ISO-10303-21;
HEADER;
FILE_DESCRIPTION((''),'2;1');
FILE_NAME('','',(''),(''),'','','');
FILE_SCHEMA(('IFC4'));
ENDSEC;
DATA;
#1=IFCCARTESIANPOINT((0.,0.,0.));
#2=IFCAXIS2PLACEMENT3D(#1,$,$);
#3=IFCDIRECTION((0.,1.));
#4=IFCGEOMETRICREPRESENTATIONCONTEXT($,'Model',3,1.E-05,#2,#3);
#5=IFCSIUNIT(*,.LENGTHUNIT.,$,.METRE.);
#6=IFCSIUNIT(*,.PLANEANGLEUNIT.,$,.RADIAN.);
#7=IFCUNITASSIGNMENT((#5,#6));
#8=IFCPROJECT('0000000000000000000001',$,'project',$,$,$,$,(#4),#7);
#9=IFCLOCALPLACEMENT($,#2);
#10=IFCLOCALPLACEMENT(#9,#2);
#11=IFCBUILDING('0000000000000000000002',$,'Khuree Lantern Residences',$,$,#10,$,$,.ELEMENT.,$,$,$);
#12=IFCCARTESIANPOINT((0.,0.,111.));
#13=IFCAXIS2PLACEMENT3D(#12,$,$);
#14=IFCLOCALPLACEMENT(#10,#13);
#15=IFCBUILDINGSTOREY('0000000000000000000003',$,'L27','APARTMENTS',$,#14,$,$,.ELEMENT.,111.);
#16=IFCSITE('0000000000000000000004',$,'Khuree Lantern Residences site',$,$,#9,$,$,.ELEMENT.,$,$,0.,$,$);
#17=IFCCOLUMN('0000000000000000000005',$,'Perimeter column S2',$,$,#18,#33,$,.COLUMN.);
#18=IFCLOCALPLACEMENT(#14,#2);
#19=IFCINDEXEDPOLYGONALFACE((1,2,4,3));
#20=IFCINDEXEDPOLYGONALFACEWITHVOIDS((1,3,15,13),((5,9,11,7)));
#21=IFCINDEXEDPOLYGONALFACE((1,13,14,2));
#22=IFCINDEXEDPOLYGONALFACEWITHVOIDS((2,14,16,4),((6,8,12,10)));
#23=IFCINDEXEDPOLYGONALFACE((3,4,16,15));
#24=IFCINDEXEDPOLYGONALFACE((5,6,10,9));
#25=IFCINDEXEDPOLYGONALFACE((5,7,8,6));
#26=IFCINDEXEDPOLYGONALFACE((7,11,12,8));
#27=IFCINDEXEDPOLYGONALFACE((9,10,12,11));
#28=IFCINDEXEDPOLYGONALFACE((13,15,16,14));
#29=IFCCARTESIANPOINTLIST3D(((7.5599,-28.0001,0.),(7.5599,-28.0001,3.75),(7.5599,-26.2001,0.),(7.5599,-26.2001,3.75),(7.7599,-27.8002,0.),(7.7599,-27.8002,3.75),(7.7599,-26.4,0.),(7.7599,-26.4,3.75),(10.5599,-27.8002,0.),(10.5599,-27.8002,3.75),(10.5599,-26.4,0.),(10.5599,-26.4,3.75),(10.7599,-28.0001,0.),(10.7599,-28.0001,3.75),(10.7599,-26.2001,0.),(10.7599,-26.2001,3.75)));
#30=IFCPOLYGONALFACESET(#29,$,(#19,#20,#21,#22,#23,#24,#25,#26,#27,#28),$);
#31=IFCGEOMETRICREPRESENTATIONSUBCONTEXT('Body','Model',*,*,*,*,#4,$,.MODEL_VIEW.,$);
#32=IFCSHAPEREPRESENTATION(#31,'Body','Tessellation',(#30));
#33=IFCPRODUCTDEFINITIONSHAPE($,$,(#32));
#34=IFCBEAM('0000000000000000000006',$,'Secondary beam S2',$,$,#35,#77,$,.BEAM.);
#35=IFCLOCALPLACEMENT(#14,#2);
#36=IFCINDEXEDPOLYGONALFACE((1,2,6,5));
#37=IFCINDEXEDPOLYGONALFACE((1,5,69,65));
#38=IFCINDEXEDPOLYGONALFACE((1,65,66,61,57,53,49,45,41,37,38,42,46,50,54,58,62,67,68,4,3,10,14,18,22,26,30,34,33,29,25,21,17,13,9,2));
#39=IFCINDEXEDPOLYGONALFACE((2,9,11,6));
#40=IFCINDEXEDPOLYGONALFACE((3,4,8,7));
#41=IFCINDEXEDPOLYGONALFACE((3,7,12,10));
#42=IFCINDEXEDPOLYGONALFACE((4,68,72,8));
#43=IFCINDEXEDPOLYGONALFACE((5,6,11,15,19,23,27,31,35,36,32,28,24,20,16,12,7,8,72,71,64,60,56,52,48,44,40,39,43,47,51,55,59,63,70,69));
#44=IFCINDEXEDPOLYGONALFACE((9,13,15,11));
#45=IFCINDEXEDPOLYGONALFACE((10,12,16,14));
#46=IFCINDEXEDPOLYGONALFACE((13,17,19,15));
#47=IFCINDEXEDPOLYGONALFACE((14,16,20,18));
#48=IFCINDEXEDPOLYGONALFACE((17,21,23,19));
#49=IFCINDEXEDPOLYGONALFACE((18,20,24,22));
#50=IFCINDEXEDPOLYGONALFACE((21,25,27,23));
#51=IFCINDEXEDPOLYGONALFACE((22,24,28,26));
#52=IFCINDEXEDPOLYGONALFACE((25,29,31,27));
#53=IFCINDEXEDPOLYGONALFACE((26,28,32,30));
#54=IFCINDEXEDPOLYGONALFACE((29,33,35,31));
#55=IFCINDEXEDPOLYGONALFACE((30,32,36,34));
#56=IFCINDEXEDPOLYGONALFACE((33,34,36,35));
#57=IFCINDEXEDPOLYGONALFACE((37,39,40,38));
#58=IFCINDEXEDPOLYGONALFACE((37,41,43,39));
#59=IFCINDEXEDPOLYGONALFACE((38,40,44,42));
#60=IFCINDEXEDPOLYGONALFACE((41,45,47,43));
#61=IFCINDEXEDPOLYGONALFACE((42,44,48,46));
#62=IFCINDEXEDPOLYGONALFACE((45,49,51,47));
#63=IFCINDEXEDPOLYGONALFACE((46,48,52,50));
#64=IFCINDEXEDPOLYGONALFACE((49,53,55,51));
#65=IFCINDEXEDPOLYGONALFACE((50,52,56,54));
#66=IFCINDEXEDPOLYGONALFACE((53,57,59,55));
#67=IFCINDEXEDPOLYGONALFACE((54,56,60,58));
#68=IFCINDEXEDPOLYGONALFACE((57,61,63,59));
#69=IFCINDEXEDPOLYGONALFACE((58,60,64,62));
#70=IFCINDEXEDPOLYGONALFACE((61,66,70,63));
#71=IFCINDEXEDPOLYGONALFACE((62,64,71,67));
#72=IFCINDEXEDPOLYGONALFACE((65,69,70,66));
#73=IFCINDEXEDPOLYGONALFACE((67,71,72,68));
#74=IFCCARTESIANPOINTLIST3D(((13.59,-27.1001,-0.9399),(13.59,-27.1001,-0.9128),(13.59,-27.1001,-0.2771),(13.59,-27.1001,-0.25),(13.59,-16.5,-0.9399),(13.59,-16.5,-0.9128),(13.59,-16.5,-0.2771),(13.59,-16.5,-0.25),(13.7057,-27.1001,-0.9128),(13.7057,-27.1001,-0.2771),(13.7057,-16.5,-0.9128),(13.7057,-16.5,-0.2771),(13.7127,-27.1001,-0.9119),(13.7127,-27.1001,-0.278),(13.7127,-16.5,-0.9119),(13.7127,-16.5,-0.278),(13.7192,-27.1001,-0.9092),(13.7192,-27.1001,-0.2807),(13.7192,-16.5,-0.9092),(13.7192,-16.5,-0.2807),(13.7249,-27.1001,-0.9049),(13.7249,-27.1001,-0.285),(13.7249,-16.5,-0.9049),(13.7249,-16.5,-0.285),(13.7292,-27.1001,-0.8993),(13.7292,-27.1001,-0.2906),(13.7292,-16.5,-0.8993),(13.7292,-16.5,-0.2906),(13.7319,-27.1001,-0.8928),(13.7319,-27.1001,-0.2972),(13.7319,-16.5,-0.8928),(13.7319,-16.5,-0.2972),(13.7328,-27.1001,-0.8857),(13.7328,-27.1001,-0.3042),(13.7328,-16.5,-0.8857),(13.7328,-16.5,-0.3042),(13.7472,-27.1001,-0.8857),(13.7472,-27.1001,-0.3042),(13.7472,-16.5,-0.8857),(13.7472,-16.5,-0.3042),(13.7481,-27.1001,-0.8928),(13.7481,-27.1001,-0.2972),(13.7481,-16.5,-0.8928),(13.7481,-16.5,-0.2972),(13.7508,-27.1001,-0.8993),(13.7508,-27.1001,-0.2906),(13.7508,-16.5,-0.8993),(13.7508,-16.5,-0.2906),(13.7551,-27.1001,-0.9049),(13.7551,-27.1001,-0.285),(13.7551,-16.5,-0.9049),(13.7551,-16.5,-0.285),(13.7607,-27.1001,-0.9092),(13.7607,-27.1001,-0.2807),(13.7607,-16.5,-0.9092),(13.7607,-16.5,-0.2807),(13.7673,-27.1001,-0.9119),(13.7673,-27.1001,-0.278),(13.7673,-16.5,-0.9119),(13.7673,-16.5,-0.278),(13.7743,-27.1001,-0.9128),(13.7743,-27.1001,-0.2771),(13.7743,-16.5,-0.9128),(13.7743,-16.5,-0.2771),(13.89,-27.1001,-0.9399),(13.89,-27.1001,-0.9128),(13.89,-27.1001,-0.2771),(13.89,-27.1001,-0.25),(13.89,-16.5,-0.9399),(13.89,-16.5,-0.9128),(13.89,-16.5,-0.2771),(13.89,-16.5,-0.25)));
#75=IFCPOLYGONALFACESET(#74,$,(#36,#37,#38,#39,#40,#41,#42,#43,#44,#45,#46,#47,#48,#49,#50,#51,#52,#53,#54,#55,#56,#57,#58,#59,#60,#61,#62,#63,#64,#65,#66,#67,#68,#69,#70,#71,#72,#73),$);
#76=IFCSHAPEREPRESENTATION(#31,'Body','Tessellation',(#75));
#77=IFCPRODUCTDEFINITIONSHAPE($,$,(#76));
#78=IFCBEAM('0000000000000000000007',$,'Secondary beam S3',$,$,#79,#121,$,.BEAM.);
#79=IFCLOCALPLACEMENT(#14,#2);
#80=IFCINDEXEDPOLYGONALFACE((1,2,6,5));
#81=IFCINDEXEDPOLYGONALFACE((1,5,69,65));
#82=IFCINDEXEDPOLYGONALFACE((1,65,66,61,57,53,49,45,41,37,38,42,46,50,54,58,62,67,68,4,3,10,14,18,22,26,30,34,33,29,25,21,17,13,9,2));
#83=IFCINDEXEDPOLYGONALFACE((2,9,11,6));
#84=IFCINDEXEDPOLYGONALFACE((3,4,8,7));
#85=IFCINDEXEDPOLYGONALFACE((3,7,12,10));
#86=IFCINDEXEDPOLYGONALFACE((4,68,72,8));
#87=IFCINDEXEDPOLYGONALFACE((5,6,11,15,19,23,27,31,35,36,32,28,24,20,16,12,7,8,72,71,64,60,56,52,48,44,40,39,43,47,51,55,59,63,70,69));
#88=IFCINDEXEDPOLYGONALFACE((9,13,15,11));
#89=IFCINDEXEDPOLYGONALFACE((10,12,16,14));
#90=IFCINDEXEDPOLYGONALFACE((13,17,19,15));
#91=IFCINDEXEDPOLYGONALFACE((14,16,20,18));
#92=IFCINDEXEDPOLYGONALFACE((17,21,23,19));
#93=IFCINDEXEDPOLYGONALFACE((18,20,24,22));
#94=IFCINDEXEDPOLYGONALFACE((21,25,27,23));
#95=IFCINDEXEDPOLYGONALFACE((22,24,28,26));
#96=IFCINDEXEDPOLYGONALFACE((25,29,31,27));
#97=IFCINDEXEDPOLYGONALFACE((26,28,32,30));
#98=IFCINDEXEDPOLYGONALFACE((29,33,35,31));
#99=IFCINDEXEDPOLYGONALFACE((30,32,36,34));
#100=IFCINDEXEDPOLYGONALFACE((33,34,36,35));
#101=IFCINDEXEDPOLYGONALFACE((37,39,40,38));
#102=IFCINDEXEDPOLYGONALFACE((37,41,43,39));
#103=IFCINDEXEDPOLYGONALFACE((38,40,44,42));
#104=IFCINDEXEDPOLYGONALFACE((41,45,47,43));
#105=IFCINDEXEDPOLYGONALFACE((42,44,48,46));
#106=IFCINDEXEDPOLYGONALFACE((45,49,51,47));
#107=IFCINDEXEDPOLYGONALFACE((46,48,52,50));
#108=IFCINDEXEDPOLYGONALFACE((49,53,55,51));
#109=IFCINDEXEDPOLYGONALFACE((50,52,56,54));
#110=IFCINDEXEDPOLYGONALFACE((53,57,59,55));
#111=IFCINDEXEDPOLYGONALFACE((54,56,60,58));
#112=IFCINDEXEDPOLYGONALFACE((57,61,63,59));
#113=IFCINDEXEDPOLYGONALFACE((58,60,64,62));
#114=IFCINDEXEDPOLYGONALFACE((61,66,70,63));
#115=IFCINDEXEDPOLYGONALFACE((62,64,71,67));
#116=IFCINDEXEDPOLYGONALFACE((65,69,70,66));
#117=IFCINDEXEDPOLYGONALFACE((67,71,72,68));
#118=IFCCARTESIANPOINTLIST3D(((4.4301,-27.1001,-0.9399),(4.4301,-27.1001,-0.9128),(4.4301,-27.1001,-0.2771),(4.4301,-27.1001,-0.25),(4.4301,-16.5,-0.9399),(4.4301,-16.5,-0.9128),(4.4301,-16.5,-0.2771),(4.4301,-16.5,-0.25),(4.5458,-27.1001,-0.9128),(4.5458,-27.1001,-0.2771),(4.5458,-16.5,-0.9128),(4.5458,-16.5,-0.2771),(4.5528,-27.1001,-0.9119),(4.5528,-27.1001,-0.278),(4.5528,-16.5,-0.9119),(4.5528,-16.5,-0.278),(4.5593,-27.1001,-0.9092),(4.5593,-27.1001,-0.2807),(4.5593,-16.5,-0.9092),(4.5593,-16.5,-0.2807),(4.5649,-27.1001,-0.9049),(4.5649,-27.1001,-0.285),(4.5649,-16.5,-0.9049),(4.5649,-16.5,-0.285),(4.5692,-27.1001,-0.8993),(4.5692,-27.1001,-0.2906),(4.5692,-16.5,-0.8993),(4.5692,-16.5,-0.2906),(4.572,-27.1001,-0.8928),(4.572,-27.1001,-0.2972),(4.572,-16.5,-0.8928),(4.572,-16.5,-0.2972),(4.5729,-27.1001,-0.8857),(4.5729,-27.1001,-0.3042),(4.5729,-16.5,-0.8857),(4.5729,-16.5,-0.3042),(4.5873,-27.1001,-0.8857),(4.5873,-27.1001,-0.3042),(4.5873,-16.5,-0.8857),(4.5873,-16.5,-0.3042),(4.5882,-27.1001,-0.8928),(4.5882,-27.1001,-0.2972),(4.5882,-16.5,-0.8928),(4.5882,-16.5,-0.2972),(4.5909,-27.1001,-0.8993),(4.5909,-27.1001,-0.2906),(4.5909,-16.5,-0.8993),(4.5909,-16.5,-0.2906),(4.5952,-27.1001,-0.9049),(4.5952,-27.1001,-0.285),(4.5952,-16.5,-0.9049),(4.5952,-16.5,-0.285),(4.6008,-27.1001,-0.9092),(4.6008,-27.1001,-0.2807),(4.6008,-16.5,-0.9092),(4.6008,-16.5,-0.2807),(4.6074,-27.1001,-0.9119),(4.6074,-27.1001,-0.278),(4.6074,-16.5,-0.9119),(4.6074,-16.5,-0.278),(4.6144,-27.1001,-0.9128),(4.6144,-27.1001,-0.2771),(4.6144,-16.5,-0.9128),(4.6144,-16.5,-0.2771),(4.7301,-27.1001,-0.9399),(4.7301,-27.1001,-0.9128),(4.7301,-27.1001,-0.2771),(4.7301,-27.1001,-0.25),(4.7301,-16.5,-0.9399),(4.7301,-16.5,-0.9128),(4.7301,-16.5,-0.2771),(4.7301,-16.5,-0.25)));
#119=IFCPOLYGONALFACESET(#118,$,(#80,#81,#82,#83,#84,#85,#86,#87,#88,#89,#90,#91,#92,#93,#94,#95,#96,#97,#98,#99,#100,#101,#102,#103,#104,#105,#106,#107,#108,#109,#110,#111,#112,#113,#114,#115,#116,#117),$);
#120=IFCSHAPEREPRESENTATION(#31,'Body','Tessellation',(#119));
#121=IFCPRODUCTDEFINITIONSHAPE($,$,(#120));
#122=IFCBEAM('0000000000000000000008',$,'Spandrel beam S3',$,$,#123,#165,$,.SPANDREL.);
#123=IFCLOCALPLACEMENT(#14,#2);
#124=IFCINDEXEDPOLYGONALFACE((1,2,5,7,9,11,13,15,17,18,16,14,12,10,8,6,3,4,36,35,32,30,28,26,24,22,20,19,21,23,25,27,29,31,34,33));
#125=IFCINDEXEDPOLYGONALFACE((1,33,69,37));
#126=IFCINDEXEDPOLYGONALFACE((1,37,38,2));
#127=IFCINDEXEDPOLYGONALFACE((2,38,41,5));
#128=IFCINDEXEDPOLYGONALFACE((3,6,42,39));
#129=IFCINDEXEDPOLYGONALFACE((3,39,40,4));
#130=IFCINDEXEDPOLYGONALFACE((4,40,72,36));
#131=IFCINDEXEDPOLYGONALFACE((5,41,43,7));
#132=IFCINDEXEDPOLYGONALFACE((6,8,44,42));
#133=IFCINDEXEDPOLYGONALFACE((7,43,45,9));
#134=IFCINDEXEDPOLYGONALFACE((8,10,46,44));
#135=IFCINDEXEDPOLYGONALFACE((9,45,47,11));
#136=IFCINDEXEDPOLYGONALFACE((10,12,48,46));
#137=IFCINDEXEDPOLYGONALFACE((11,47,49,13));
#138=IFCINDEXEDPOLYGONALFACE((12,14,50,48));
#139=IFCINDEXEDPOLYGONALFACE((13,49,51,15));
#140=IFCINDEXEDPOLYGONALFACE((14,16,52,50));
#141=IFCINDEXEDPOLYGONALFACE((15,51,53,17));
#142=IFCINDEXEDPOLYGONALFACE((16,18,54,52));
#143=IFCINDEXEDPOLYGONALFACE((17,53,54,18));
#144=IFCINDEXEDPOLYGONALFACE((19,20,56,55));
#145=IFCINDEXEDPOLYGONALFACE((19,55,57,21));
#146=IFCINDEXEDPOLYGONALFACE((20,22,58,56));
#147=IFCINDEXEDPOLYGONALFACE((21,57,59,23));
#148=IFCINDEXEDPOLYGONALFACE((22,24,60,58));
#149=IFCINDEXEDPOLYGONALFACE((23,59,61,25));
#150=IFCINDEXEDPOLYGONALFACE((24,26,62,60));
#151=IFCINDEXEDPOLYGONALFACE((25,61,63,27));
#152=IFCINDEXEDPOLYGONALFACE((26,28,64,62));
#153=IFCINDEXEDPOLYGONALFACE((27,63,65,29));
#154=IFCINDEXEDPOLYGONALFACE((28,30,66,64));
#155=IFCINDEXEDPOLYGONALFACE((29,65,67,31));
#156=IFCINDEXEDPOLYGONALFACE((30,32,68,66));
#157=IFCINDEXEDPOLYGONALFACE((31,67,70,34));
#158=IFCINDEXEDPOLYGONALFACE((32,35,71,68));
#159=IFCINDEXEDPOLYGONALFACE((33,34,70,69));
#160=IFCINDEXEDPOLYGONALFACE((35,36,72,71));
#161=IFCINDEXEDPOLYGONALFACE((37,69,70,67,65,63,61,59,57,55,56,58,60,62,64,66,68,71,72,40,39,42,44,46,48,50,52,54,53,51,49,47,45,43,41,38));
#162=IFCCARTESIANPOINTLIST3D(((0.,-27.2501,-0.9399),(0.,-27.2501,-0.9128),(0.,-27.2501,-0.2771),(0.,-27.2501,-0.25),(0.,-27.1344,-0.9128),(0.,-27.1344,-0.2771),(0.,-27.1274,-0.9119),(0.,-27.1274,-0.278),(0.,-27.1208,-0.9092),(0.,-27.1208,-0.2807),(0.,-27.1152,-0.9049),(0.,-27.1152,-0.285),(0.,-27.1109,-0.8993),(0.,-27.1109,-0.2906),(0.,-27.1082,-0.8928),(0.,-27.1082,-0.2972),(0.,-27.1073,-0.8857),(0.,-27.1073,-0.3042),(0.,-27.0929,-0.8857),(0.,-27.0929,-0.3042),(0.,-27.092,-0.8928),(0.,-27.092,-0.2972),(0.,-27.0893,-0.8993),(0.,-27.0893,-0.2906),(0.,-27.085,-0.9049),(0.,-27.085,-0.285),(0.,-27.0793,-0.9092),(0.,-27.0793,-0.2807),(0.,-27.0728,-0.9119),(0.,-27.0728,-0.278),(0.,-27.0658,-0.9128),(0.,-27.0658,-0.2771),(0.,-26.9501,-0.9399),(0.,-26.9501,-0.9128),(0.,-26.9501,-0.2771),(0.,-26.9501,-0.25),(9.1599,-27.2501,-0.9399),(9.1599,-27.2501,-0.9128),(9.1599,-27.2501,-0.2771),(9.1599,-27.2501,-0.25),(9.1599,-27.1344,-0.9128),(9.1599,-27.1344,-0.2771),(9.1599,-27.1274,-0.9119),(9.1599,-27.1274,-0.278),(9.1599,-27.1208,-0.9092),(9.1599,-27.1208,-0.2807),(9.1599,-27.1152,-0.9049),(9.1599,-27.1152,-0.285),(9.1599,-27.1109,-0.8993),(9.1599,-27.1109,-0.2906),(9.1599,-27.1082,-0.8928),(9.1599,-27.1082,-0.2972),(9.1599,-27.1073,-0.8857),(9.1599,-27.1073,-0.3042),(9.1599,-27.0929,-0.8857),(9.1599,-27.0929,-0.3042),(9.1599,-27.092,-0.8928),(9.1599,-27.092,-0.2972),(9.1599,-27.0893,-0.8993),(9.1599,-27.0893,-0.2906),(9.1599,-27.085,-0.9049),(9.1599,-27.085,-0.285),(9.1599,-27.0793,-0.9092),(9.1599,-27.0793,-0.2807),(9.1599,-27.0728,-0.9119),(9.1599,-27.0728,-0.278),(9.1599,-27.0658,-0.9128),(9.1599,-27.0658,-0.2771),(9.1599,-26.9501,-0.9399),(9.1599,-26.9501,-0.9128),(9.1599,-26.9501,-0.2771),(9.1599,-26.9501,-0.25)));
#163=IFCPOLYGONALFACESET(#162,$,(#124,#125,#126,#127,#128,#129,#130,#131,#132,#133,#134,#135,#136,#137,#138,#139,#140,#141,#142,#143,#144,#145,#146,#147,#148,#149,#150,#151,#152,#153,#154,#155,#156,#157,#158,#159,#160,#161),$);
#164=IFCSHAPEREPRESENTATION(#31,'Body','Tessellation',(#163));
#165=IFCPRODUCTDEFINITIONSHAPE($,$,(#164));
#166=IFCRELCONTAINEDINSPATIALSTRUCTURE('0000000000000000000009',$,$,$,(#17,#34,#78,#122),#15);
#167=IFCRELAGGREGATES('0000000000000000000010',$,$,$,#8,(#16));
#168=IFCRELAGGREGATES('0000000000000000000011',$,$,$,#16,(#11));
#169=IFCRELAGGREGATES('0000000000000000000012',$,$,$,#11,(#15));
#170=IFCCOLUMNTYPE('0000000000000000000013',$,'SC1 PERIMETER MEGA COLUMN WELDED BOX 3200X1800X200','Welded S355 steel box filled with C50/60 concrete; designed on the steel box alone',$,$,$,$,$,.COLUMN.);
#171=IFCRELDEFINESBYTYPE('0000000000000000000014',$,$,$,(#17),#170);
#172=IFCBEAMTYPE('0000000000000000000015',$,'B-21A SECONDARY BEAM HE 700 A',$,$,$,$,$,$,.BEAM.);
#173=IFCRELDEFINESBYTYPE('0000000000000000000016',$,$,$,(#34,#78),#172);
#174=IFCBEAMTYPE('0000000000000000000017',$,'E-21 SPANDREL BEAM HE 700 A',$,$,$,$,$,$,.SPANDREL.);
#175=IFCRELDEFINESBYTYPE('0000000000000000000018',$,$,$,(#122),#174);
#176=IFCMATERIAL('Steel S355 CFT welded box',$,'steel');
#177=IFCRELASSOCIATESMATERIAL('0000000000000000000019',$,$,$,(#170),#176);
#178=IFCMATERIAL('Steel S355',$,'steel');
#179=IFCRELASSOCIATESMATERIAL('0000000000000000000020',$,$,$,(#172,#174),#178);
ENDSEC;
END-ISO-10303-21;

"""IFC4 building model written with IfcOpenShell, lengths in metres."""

from ifc_helpers import new_model, si_unit, direction, frame, origin, origin_2d, place, context, subcontext, project, spatial, hollow_rectangle, i_section, extrude, material, material_profile, profile_set, type_object, element, save


model = new_model("IFC4")

# Units and contexts
model_context = context("Model", 3, precision=1e-05, world=origin(), true_north=direction((0.0, 1.0)))
body_context = subcontext(model_context, "Body", "Model", "MODEL_VIEW")
ifc_project = project(units=[si_unit("LENGTHUNIT", "METRE"), si_unit("PLANEANGLEUNIT", "RADIAN")], contexts=[model_context])

# Site, building, storey
site_placement = place(None, origin())
site = spatial("IfcSite", under=ifc_project, at=site_placement, Name="Khuree Lantern Residences site", CompositionType="ELEMENT", RefElevation=0.0)
building_placement = place(site_placement, origin())
building = spatial("IfcBuilding", under=site, at=building_placement, Name="Khuree Lantern Residences", CompositionType="ELEMENT")
storey_placement = place(building_placement, frame((0.0, 0.0, 111.0)))
storey = spatial("IfcBuildingStorey", under=building, at=storey_placement, Name="L27", Description="APARTMENTS", CompositionType="ELEMENT", Elevation=111.0)

# Column
ifc_material_1 = material(Name="Steel S355 CFT welded box", Category="steel")
ifc_material_profile_1 = material_profile(ifc_material_1, hollow_rectangle(XDim=3.2, YDim=1.8, WallThickness=0.2, at=origin_2d()), Name="WELDED BOX 3200X1800X200")
ifc_profile_set_1 = profile_set([ifc_material_profile_1], Name="Steel S355 CFT welded box")
column_type = type_object("IfcColumnType", Name="SC1 PERIMETER MEGA COLUMN WELDED BOX 3200X1800X200", Description="Welded S355 steel box filled with C50/60 concrete; designed on the steel box alone", PredefinedType="COLUMN", material=ifc_profile_set_1)
column_placement = place(storey_placement, frame((9.1599, -27.1001, 0.0), z_axis=(0.0, 0.0, 1.0), x_axis=(1.0, 0.0, 0.0)))
element("IfcColumn", 1, at=column_placement, inside=storey, type_object=column_type, Name="Perimeter column S2", PredefinedType="COLUMN", context=body_context, shape_type="SweptSolid", body=[
    extrude(hollow_rectangle(XDim=3.2, YDim=1.8, WallThickness=0.2, at=origin_2d()), origin(), (0.0, 0.0, 1.0), 3.75),
])

# Beams
ifc_material_2 = material(Name="Steel S355", Category="steel")
ifc_material_profile_2 = material_profile(ifc_material_2, i_section(OverallWidth=0.3, OverallDepth=0.6899, WebThickness=0.0144, FlangeThickness=0.0271, FilletRadius=0.0271, at=origin_2d()), Name="HE 700 A")
ifc_profile_set_2 = profile_set([ifc_material_profile_2], Name="Steel S355")
beam_type_1 = type_object("IfcBeamType", Name="B-21A SECONDARY BEAM HE 700 A", PredefinedType="BEAM", material=ifc_profile_set_2)
for number, where, z_axis, x_axis, name in (
    (2, (13.74, -27.1001, -0.595), (0.0, 1.0, 0.0), (-1.0, 0.0, 0.0), "Secondary beam S2"),
    (3, (4.5801, -27.1001, -0.595), (0.0, 1.0, 0.0), (-1.0, 0.0, 0.0), "Secondary beam S3"),
):
    element("IfcBeam", number, at=place(storey_placement, frame(where, z_axis=z_axis, x_axis=x_axis)), inside=storey, type_object=beam_type_1, Name=name, PredefinedType="BEAM", context=body_context, shape_type="SweptSolid", body=[
        extrude(i_section(OverallWidth=0.3, OverallDepth=0.6899, WebThickness=0.0144, FlangeThickness=0.0271, FilletRadius=0.0271, at=origin_2d()), origin(), (0.0, 0.0, 1.0), 10.6001),
    ])
ifc_material_profile_3 = material_profile(ifc_material_2, i_section(OverallWidth=0.3, OverallDepth=0.6899, WebThickness=0.0144, FlangeThickness=0.0271, FilletRadius=0.0271, at=origin_2d()), Name="HE 700 A")
ifc_profile_set_3 = profile_set([ifc_material_profile_3], Name="Steel S355")
beam_type_2 = type_object("IfcBeamType", Name="E-21 SPANDREL BEAM HE 700 A", PredefinedType="SPANDREL", material=ifc_profile_set_3)
for number, where, z_axis, x_axis, name in (
    (4, (9.1599, -27.1001, -0.595), (-1.0, 0.0, 0.0), (0.0, -1.0, 0.0), "Spandrel beam S3"),
):
    element("IfcBeam", number, at=place(storey_placement, frame(where, z_axis=z_axis, x_axis=x_axis)), inside=storey, type_object=beam_type_2, Name=name, PredefinedType="SPANDREL", context=body_context, shape_type="SweptSolid", body=[
        extrude(i_section(OverallWidth=0.3, OverallDepth=0.6899, WebThickness=0.0144, FlangeThickness=0.0271, FilletRadius=0.0271, at=origin_2d()), origin(), (0.0, 0.0, 1.0), 9.1599),
    ])

save(model, "model.ifc")
